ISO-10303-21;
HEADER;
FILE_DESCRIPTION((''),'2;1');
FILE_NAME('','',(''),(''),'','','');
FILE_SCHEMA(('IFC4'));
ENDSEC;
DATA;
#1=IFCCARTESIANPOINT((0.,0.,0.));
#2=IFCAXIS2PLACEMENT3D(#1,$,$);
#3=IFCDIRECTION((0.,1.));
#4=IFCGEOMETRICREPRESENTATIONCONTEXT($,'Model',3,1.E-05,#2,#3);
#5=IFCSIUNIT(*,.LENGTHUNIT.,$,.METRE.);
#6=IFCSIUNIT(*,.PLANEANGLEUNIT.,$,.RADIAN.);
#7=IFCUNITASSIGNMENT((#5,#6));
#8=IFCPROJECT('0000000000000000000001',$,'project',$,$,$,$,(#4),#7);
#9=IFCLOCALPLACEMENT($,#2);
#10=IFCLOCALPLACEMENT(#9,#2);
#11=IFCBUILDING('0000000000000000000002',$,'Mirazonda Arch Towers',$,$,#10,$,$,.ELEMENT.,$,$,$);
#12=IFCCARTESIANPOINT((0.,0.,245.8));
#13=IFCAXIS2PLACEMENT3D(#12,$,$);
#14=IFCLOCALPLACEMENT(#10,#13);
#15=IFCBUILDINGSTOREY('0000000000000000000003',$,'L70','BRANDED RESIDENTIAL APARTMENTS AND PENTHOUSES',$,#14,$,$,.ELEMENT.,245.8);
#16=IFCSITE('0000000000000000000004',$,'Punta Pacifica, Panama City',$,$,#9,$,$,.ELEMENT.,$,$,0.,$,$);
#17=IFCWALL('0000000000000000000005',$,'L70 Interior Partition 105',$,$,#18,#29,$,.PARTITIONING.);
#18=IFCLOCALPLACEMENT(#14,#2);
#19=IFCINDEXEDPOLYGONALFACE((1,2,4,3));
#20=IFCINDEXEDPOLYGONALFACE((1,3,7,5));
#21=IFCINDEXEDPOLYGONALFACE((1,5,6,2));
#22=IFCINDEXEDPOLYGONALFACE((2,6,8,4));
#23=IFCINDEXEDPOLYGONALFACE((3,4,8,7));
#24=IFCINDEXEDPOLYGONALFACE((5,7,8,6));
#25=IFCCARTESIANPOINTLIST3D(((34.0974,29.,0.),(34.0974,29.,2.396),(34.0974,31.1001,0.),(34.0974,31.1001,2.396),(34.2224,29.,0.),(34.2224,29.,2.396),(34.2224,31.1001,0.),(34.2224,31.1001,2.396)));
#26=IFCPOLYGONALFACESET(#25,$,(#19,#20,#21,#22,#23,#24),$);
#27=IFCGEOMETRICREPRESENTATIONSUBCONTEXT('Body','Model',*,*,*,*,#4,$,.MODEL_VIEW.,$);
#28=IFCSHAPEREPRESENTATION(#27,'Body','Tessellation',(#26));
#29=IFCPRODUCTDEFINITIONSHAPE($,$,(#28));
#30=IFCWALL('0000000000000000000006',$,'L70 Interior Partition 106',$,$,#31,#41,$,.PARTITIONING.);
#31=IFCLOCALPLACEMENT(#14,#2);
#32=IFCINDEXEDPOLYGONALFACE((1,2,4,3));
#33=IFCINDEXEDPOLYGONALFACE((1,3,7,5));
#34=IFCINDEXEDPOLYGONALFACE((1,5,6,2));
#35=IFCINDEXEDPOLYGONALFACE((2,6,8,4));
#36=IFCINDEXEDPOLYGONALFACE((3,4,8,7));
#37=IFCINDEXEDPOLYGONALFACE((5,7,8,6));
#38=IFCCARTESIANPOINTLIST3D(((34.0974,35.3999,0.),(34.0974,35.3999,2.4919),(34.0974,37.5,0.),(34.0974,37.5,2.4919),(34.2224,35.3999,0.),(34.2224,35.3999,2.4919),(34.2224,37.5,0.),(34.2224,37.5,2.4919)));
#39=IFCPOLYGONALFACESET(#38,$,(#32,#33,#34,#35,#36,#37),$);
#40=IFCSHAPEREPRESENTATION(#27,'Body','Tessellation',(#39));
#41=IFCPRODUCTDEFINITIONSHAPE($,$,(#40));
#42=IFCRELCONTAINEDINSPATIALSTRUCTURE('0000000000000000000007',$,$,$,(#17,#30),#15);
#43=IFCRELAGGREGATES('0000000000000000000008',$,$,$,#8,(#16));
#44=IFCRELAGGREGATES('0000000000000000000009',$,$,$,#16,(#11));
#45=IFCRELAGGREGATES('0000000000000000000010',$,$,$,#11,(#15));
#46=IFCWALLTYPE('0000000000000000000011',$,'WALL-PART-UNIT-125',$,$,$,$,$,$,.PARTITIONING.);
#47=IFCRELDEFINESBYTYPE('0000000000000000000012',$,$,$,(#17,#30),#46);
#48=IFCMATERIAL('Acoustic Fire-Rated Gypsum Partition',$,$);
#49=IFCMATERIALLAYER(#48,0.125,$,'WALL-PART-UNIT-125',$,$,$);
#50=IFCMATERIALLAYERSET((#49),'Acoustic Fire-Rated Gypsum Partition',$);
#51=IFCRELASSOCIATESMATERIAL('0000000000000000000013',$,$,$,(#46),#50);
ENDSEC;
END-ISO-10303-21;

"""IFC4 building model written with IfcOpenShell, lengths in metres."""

from ifc_helpers import new_model, si_unit, direction, frame, frame_2d, origin, place, context, subcontext, project, spatial, rectangle, extrude, material, layer, layer_set, type_object, element, save


model = new_model("IFC4")

# Units and contexts
model_context = context("Model", 3, precision=1e-05, world=origin(), true_north=direction((0.0, 1.0)))
body_context = subcontext(model_context, "Body", "Model", "MODEL_VIEW")
ifc_project = project(units=[si_unit("LENGTHUNIT", "METRE"), si_unit("PLANEANGLEUNIT", "RADIAN")], contexts=[model_context])

# Site, building, storey
site_placement = place(None, origin())
site = spatial("IfcSite", under=ifc_project, at=site_placement, Name="Punta Pacifica, Panama City", CompositionType="ELEMENT", RefElevation=0.0)
building_placement = place(site_placement, origin())
building = spatial("IfcBuilding", under=site, at=building_placement, Name="Mirazonda Arch Towers", CompositionType="ELEMENT")
storey_placement = place(building_placement, frame((0.0, 0.0, 245.8)))
storey = spatial("IfcBuildingStorey", under=building, at=storey_placement, Name="L70", Description="BRANDED RESIDENTIAL APARTMENTS AND PENTHOUSES", CompositionType="ELEMENT", Elevation=245.8)

# Walls
ifc_material_1 = material(Name="Acoustic Fire-Rated Gypsum Partition")
ifc_layer_1 = layer(ifc_material_1, 0.125, Name="WALL-PART-UNIT-125")
ifc_layer_set_1 = layer_set([ifc_layer_1], Name="Acoustic Fire-Rated Gypsum Partition")
wall_type_1 = type_object("IfcWallType", Name="WALL-PART-UNIT-125", PredefinedType="PARTITIONING", material=ifc_layer_set_1)
wall_1_placement = place(storey_placement, frame((34.1599, 29.0, 0.0), z_axis=(0.0, 0.0, 1.0), x_axis=(0.0, 1.0, 0.0)))
element("IfcWall", 1, at=wall_1_placement, inside=storey, type_object=wall_type_1, Name="L70 Interior Partition 105", PredefinedType="PARTITIONING", context=body_context, shape_type="SweptSolid", body=[
    extrude(rectangle(XDim=2.1001, YDim=0.125, at=frame_2d((1.05, 0.0))), origin(), (0.0, 0.0, 1.0), 2.396),
])
wall_2_placement = place(storey_placement, frame((34.1599, 35.3999, 0.0), z_axis=(0.0, 0.0, 1.0), x_axis=(0.0, 1.0, 0.0)))
element("IfcWall", 2, at=wall_2_placement, inside=storey, type_object=wall_type_1, Name="L70 Interior Partition 106", PredefinedType="PARTITIONING", context=body_context, shape_type="SweptSolid", body=[
    extrude(rectangle(XDim=2.1001, YDim=0.125, at=frame_2d((1.05, 0.0))), origin(), (0.0, 0.0, 1.0), 2.4919),
])

save(model, "model.ifc")
